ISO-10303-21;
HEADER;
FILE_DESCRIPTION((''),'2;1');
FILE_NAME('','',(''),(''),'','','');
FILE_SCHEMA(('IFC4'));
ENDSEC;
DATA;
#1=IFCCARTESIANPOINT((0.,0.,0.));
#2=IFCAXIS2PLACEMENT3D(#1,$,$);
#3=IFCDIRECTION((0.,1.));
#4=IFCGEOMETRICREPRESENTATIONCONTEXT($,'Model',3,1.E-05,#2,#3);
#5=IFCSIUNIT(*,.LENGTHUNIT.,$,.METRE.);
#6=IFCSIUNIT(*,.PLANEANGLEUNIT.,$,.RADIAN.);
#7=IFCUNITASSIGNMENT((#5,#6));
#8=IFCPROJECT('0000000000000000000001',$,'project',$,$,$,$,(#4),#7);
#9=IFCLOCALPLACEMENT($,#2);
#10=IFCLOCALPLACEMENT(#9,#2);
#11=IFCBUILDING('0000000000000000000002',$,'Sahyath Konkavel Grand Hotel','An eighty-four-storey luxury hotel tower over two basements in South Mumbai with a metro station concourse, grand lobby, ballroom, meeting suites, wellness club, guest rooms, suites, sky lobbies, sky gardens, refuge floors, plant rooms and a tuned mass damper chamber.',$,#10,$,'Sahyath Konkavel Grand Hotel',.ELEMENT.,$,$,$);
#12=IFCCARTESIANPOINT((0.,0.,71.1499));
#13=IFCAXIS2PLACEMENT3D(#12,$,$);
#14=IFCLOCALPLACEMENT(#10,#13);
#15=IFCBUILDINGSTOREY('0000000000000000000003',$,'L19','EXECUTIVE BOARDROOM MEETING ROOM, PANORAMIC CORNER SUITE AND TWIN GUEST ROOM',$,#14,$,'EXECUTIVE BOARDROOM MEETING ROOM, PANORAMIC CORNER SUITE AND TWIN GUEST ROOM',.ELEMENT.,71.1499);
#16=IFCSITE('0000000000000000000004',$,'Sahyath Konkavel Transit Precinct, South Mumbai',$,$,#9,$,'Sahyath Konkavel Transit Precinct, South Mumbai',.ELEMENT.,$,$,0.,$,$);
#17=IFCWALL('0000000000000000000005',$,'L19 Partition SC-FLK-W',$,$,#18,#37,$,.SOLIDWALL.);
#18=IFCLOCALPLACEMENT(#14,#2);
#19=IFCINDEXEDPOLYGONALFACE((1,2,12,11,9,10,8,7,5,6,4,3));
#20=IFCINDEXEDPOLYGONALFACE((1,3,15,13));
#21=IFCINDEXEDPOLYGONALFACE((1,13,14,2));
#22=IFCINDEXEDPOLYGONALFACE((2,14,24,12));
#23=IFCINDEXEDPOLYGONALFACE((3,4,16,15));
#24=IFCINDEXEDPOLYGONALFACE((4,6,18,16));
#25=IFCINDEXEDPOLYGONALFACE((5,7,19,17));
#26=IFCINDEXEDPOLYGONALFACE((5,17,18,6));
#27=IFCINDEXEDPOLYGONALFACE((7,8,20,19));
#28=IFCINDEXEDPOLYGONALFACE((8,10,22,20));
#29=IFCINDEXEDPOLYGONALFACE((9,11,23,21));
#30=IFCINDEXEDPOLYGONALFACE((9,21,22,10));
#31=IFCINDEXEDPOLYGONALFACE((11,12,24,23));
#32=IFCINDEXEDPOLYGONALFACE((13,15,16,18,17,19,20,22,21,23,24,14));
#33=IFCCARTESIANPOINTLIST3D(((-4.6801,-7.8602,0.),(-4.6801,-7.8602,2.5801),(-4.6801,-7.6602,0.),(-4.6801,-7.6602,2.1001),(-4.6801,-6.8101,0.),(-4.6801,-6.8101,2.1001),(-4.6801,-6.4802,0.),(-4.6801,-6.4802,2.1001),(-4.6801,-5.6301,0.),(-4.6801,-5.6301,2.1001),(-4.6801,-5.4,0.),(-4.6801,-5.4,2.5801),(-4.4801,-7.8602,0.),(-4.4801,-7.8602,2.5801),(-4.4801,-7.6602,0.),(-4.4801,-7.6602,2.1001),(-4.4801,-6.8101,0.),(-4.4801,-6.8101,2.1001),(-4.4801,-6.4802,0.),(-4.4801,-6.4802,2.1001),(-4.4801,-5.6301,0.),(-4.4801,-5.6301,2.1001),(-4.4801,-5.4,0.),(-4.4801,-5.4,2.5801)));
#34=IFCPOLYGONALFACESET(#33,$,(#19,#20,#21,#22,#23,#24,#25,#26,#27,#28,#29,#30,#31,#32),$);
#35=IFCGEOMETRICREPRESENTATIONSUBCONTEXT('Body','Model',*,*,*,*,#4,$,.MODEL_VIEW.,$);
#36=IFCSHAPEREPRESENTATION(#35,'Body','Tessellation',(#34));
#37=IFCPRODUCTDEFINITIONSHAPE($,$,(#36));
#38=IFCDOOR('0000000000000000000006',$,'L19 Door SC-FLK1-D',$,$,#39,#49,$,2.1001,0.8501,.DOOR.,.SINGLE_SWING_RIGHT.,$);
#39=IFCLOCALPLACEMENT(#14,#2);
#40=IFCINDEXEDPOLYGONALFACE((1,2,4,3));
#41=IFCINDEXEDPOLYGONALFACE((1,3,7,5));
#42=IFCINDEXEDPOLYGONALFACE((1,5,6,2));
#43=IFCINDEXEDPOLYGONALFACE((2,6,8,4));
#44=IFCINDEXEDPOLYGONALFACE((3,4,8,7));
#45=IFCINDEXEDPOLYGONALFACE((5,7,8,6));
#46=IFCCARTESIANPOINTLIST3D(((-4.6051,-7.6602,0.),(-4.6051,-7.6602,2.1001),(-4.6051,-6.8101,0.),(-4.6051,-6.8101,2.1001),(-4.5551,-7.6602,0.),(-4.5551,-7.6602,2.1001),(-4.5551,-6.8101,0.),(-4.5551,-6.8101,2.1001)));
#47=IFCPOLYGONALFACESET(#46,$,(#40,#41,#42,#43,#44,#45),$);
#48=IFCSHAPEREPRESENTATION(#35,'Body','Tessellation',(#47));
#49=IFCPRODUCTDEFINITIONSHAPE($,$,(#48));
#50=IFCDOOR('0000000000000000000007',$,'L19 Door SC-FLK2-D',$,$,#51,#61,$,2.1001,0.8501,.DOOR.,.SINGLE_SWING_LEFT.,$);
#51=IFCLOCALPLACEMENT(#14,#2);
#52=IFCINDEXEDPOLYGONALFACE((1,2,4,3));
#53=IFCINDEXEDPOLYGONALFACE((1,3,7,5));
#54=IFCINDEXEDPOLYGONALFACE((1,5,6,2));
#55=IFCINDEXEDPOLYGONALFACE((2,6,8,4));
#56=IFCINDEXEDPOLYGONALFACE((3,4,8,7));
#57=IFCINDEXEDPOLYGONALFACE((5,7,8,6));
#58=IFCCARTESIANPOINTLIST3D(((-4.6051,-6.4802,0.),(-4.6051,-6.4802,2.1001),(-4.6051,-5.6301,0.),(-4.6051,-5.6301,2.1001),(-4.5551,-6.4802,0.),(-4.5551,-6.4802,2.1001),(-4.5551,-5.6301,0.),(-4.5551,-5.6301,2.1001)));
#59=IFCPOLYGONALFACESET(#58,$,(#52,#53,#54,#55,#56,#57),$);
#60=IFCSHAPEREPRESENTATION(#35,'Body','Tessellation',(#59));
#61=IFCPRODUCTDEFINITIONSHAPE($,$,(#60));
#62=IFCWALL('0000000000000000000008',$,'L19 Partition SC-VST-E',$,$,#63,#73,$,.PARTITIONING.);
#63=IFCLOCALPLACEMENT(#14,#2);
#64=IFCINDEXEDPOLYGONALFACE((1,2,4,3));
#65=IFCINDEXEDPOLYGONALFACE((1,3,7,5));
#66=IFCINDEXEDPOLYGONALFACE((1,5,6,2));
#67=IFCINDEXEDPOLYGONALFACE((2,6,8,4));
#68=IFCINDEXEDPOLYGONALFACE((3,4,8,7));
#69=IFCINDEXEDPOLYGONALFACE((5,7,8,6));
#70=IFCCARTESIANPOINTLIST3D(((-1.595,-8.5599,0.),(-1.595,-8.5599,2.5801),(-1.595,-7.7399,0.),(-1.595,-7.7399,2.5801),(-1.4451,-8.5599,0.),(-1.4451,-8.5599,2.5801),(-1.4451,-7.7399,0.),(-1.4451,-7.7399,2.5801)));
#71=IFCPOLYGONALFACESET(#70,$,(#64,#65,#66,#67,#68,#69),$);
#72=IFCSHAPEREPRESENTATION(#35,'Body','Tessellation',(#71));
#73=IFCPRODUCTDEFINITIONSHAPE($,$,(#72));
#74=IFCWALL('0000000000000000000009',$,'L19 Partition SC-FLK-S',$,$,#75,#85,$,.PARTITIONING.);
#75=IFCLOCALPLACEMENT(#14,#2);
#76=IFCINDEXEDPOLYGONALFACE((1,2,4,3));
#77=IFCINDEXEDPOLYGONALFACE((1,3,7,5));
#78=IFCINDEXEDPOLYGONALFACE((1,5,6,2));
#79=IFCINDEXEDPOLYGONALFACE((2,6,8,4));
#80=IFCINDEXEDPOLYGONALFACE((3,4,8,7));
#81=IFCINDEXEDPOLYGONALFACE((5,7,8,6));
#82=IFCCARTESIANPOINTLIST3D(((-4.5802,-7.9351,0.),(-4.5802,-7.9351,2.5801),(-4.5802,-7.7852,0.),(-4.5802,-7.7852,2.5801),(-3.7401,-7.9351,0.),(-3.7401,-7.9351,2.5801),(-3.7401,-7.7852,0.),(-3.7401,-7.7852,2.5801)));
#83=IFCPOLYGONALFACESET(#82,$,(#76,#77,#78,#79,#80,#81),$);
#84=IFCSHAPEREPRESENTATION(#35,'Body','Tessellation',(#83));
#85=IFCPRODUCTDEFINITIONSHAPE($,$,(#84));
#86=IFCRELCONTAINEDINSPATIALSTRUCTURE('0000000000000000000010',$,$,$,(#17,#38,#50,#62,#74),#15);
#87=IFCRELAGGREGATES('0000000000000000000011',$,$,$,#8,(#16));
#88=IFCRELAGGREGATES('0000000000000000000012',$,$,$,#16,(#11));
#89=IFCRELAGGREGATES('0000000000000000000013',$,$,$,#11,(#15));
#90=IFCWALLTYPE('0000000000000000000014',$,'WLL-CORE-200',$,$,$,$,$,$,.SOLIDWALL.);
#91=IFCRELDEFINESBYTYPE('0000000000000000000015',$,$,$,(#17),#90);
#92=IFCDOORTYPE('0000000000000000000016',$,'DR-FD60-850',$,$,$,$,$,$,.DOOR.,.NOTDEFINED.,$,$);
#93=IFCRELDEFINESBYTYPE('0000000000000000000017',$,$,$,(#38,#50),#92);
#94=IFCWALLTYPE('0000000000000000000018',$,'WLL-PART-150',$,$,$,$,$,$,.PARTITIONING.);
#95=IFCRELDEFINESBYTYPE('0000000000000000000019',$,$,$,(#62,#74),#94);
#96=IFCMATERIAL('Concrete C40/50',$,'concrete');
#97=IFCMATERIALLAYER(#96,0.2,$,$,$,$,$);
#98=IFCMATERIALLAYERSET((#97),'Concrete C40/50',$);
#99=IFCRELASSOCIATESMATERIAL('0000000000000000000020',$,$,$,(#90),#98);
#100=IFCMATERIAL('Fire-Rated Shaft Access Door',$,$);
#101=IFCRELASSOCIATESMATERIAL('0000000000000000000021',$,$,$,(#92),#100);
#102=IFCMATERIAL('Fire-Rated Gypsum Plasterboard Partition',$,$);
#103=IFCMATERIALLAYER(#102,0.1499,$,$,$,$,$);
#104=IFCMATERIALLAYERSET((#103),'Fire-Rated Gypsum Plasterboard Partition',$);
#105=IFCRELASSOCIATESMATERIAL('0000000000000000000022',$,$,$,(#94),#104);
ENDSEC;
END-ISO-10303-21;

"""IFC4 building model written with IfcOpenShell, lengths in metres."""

from ifc_helpers import new_model, si_unit, direction, frame, frame_2d, origin, origin_2d, place, context, subcontext, project, spatial, rectangle, extrude, source, transform, mapped, material, layer, layer_set, type_object, element, fill, save


model = new_model("IFC4")

# Units and contexts
model_context = context("Model", 3, precision=1e-05, world=origin(), true_north=direction((0.0, 1.0)))
body_context = subcontext(model_context, "Body", "Model", "MODEL_VIEW")
ifc_project = project(units=[si_unit("LENGTHUNIT", "METRE"), si_unit("PLANEANGLEUNIT", "RADIAN")], contexts=[model_context])

# Site, building, storey
site_placement = place(None, origin())
site = spatial("IfcSite", under=ifc_project, at=site_placement, Name="Sahyath Konkavel Transit Precinct, South Mumbai", LongName="Sahyath Konkavel Transit Precinct, South Mumbai", CompositionType="ELEMENT", RefElevation=0.0)
building_placement = place(site_placement, origin())
building = spatial("IfcBuilding", under=site, at=building_placement, Name="Sahyath Konkavel Grand Hotel", Description="An eighty-four-storey luxury hotel tower over two basements in South Mumbai with a metro station concourse, grand lobby, ballroom, meeting suites, wellness club, guest rooms, suites, sky lobbies, sky gardens, refuge floors, plant rooms and a tuned mass damper chamber.", LongName="Sahyath Konkavel Grand Hotel", CompositionType="ELEMENT")
storey_placement = place(building_placement, frame((0.0, 0.0, 71.1499)))
storey = spatial("IfcBuildingStorey", under=building, at=storey_placement, Name="L19", Description="EXECUTIVE BOARDROOM MEETING ROOM, PANORAMIC CORNER SUITE AND TWIN GUEST ROOM", LongName="EXECUTIVE BOARDROOM MEETING ROOM, PANORAMIC CORNER SUITE AND TWIN GUEST ROOM", CompositionType="ELEMENT", Elevation=71.1499)

# Shared definitions
ifc_material_1 = material(Name="Concrete C40/50", Category="concrete")
ifc_layer_1 = layer(ifc_material_1, 0.2)
ifc_layer_set_1 = layer_set([ifc_layer_1], Name="Concrete C40/50")
wall_type_1 = type_object("IfcWallType", Name="WLL-CORE-200", PredefinedType="SOLIDWALL", material=ifc_layer_set_1)

# Shared definitions
shared_shape_1 = source(origin(), body_context, "Body", "SweptSolid", [
    extrude(rectangle(XDim=0.8501, YDim=0.05, at=origin_2d()), origin(), (0.0, 0.0, 1.0), 2.1001),
])

# Wall, openings, doors
wall_1_placement = place(storey_placement, frame((-4.5801, -7.8601, 0.0), z_axis=(0.0, 0.0, 1.0), x_axis=(0.0, 1.0, 0.0)))
wall_1 = element("IfcWall", 1, at=wall_1_placement, inside=storey, type_object=wall_type_1, Name="L19 Partition SC-FLK-W", PredefinedType="SOLIDWALL", context=body_context, shape_type="SweptSolid", body=[
    extrude(rectangle(XDim=2.4602, YDim=0.2, at=frame_2d((1.23, 0.0))), origin(), (0.0, 0.0, 1.0), 2.5801),
])
opening_1_placement = place(wall_1_placement, frame((0.2, 0.0, 0.0)))
opening_1 = element("IfcOpeningElement", 2, at=opening_1_placement, cuts=wall_1, PredefinedType="OPENING", context=body_context, shape_type="SweptSolid", body=[
    extrude(rectangle(XDim=0.8501, YDim=2.1001, at=frame_2d((0.425, 1.05))), frame((0.0, 0.1099, 0.0), z_axis=(0.0, -1.0, 0.0), x_axis=(1.0, 0.0, 0.0)), (0.0, 0.0, 1.0), 0.22),
])
opening_2_placement = place(wall_1_placement, frame((1.3799, 0.0, 0.0)))
opening_2 = element("IfcOpeningElement", 3, at=opening_2_placement, cuts=wall_1, PredefinedType="OPENING", context=body_context, shape_type="SweptSolid", body=[
    extrude(rectangle(XDim=0.8501, YDim=2.1001, at=frame_2d((0.425, 1.05))), frame((0.0, 0.1099, 0.0), z_axis=(0.0, -1.0, 0.0), x_axis=(1.0, 0.0, 0.0)), (0.0, 0.0, 1.0), 0.22),
])
ifc_material_2 = material(Name="Fire-Rated Shaft Access Door")
door_type_1 = type_object("IfcDoorType", Name="DR-FD60-850", OperationType="NOTDEFINED", PredefinedType="DOOR", material=ifc_material_2)
door_1_placement = place(opening_1_placement, frame((0.425, 0.0, 0.0)))
door_1 = element("IfcDoor", 4, at=door_1_placement, inside=storey, type_object=door_type_1, Name="L19 Door SC-FLK1-D", OperationType="SINGLE_SWING_RIGHT", OverallHeight=2.1001, OverallWidth=0.8501, PredefinedType="DOOR", context=body_context, shape_type="MappedRepresentation", body=[
    mapped(shared_shape_1, transform((0.0, 0.0, 0.0), scale=1.0)),
])
fill(opening_1, door_1)
door_2_placement = place(opening_2_placement, frame((0.425, 0.0, 0.0)))
door_2 = element("IfcDoor", 5, at=door_2_placement, inside=storey, type_object=door_type_1, Name="L19 Door SC-FLK2-D", OperationType="SINGLE_SWING_LEFT", OverallHeight=2.1001, OverallWidth=0.8501, PredefinedType="DOOR", context=body_context, shape_type="MappedRepresentation", body=[
    mapped(shared_shape_1, transform((0.0, 0.0, 0.0), scale=1.0)),
])
fill(opening_2, door_2)

# Walls
ifc_material_3 = material(Name="Fire-Rated Gypsum Plasterboard Partition")
ifc_layer_2 = layer(ifc_material_3, 0.1499)
ifc_layer_set_2 = layer_set([ifc_layer_2], Name="Fire-Rated Gypsum Plasterboard Partition")
wall_type_2 = type_object("IfcWallType", Name="WLL-PART-150", PredefinedType="PARTITIONING", material=ifc_layer_set_2)
wall_2_placement = place(storey_placement, frame((-1.52, -8.5601, 0.0), z_axis=(0.0, 0.0, 1.0), x_axis=(0.0, 1.0, 0.0)))
element("IfcWall", 6, at=wall_2_placement, inside=storey, type_object=wall_type_2, Name="L19 Partition SC-VST-E", PredefinedType="PARTITIONING", context=body_context, shape_type="SweptSolid", body=[
    extrude(rectangle(XDim=0.8201, YDim=0.1499, at=frame_2d((0.4102, 0.0))), origin(), (0.0, 0.0, 1.0), 2.5801),
])
wall_3_placement = place(storey_placement, frame((-4.5801, -7.8601, 0.0), z_axis=(0.0, 0.0, 1.0), x_axis=(1.0, 0.0, 0.0)))
element("IfcWall", 7, at=wall_3_placement, inside=storey, type_object=wall_type_2, Name="L19 Partition SC-FLK-S", PredefinedType="PARTITIONING", context=body_context, shape_type="SweptSolid", body=[
    extrude(rectangle(XDim=0.8401, YDim=0.1499, at=frame_2d((0.4199, 0.0))), origin(), (0.0, 0.0, 1.0), 2.5801),
])

save(model, "model.ifc")
